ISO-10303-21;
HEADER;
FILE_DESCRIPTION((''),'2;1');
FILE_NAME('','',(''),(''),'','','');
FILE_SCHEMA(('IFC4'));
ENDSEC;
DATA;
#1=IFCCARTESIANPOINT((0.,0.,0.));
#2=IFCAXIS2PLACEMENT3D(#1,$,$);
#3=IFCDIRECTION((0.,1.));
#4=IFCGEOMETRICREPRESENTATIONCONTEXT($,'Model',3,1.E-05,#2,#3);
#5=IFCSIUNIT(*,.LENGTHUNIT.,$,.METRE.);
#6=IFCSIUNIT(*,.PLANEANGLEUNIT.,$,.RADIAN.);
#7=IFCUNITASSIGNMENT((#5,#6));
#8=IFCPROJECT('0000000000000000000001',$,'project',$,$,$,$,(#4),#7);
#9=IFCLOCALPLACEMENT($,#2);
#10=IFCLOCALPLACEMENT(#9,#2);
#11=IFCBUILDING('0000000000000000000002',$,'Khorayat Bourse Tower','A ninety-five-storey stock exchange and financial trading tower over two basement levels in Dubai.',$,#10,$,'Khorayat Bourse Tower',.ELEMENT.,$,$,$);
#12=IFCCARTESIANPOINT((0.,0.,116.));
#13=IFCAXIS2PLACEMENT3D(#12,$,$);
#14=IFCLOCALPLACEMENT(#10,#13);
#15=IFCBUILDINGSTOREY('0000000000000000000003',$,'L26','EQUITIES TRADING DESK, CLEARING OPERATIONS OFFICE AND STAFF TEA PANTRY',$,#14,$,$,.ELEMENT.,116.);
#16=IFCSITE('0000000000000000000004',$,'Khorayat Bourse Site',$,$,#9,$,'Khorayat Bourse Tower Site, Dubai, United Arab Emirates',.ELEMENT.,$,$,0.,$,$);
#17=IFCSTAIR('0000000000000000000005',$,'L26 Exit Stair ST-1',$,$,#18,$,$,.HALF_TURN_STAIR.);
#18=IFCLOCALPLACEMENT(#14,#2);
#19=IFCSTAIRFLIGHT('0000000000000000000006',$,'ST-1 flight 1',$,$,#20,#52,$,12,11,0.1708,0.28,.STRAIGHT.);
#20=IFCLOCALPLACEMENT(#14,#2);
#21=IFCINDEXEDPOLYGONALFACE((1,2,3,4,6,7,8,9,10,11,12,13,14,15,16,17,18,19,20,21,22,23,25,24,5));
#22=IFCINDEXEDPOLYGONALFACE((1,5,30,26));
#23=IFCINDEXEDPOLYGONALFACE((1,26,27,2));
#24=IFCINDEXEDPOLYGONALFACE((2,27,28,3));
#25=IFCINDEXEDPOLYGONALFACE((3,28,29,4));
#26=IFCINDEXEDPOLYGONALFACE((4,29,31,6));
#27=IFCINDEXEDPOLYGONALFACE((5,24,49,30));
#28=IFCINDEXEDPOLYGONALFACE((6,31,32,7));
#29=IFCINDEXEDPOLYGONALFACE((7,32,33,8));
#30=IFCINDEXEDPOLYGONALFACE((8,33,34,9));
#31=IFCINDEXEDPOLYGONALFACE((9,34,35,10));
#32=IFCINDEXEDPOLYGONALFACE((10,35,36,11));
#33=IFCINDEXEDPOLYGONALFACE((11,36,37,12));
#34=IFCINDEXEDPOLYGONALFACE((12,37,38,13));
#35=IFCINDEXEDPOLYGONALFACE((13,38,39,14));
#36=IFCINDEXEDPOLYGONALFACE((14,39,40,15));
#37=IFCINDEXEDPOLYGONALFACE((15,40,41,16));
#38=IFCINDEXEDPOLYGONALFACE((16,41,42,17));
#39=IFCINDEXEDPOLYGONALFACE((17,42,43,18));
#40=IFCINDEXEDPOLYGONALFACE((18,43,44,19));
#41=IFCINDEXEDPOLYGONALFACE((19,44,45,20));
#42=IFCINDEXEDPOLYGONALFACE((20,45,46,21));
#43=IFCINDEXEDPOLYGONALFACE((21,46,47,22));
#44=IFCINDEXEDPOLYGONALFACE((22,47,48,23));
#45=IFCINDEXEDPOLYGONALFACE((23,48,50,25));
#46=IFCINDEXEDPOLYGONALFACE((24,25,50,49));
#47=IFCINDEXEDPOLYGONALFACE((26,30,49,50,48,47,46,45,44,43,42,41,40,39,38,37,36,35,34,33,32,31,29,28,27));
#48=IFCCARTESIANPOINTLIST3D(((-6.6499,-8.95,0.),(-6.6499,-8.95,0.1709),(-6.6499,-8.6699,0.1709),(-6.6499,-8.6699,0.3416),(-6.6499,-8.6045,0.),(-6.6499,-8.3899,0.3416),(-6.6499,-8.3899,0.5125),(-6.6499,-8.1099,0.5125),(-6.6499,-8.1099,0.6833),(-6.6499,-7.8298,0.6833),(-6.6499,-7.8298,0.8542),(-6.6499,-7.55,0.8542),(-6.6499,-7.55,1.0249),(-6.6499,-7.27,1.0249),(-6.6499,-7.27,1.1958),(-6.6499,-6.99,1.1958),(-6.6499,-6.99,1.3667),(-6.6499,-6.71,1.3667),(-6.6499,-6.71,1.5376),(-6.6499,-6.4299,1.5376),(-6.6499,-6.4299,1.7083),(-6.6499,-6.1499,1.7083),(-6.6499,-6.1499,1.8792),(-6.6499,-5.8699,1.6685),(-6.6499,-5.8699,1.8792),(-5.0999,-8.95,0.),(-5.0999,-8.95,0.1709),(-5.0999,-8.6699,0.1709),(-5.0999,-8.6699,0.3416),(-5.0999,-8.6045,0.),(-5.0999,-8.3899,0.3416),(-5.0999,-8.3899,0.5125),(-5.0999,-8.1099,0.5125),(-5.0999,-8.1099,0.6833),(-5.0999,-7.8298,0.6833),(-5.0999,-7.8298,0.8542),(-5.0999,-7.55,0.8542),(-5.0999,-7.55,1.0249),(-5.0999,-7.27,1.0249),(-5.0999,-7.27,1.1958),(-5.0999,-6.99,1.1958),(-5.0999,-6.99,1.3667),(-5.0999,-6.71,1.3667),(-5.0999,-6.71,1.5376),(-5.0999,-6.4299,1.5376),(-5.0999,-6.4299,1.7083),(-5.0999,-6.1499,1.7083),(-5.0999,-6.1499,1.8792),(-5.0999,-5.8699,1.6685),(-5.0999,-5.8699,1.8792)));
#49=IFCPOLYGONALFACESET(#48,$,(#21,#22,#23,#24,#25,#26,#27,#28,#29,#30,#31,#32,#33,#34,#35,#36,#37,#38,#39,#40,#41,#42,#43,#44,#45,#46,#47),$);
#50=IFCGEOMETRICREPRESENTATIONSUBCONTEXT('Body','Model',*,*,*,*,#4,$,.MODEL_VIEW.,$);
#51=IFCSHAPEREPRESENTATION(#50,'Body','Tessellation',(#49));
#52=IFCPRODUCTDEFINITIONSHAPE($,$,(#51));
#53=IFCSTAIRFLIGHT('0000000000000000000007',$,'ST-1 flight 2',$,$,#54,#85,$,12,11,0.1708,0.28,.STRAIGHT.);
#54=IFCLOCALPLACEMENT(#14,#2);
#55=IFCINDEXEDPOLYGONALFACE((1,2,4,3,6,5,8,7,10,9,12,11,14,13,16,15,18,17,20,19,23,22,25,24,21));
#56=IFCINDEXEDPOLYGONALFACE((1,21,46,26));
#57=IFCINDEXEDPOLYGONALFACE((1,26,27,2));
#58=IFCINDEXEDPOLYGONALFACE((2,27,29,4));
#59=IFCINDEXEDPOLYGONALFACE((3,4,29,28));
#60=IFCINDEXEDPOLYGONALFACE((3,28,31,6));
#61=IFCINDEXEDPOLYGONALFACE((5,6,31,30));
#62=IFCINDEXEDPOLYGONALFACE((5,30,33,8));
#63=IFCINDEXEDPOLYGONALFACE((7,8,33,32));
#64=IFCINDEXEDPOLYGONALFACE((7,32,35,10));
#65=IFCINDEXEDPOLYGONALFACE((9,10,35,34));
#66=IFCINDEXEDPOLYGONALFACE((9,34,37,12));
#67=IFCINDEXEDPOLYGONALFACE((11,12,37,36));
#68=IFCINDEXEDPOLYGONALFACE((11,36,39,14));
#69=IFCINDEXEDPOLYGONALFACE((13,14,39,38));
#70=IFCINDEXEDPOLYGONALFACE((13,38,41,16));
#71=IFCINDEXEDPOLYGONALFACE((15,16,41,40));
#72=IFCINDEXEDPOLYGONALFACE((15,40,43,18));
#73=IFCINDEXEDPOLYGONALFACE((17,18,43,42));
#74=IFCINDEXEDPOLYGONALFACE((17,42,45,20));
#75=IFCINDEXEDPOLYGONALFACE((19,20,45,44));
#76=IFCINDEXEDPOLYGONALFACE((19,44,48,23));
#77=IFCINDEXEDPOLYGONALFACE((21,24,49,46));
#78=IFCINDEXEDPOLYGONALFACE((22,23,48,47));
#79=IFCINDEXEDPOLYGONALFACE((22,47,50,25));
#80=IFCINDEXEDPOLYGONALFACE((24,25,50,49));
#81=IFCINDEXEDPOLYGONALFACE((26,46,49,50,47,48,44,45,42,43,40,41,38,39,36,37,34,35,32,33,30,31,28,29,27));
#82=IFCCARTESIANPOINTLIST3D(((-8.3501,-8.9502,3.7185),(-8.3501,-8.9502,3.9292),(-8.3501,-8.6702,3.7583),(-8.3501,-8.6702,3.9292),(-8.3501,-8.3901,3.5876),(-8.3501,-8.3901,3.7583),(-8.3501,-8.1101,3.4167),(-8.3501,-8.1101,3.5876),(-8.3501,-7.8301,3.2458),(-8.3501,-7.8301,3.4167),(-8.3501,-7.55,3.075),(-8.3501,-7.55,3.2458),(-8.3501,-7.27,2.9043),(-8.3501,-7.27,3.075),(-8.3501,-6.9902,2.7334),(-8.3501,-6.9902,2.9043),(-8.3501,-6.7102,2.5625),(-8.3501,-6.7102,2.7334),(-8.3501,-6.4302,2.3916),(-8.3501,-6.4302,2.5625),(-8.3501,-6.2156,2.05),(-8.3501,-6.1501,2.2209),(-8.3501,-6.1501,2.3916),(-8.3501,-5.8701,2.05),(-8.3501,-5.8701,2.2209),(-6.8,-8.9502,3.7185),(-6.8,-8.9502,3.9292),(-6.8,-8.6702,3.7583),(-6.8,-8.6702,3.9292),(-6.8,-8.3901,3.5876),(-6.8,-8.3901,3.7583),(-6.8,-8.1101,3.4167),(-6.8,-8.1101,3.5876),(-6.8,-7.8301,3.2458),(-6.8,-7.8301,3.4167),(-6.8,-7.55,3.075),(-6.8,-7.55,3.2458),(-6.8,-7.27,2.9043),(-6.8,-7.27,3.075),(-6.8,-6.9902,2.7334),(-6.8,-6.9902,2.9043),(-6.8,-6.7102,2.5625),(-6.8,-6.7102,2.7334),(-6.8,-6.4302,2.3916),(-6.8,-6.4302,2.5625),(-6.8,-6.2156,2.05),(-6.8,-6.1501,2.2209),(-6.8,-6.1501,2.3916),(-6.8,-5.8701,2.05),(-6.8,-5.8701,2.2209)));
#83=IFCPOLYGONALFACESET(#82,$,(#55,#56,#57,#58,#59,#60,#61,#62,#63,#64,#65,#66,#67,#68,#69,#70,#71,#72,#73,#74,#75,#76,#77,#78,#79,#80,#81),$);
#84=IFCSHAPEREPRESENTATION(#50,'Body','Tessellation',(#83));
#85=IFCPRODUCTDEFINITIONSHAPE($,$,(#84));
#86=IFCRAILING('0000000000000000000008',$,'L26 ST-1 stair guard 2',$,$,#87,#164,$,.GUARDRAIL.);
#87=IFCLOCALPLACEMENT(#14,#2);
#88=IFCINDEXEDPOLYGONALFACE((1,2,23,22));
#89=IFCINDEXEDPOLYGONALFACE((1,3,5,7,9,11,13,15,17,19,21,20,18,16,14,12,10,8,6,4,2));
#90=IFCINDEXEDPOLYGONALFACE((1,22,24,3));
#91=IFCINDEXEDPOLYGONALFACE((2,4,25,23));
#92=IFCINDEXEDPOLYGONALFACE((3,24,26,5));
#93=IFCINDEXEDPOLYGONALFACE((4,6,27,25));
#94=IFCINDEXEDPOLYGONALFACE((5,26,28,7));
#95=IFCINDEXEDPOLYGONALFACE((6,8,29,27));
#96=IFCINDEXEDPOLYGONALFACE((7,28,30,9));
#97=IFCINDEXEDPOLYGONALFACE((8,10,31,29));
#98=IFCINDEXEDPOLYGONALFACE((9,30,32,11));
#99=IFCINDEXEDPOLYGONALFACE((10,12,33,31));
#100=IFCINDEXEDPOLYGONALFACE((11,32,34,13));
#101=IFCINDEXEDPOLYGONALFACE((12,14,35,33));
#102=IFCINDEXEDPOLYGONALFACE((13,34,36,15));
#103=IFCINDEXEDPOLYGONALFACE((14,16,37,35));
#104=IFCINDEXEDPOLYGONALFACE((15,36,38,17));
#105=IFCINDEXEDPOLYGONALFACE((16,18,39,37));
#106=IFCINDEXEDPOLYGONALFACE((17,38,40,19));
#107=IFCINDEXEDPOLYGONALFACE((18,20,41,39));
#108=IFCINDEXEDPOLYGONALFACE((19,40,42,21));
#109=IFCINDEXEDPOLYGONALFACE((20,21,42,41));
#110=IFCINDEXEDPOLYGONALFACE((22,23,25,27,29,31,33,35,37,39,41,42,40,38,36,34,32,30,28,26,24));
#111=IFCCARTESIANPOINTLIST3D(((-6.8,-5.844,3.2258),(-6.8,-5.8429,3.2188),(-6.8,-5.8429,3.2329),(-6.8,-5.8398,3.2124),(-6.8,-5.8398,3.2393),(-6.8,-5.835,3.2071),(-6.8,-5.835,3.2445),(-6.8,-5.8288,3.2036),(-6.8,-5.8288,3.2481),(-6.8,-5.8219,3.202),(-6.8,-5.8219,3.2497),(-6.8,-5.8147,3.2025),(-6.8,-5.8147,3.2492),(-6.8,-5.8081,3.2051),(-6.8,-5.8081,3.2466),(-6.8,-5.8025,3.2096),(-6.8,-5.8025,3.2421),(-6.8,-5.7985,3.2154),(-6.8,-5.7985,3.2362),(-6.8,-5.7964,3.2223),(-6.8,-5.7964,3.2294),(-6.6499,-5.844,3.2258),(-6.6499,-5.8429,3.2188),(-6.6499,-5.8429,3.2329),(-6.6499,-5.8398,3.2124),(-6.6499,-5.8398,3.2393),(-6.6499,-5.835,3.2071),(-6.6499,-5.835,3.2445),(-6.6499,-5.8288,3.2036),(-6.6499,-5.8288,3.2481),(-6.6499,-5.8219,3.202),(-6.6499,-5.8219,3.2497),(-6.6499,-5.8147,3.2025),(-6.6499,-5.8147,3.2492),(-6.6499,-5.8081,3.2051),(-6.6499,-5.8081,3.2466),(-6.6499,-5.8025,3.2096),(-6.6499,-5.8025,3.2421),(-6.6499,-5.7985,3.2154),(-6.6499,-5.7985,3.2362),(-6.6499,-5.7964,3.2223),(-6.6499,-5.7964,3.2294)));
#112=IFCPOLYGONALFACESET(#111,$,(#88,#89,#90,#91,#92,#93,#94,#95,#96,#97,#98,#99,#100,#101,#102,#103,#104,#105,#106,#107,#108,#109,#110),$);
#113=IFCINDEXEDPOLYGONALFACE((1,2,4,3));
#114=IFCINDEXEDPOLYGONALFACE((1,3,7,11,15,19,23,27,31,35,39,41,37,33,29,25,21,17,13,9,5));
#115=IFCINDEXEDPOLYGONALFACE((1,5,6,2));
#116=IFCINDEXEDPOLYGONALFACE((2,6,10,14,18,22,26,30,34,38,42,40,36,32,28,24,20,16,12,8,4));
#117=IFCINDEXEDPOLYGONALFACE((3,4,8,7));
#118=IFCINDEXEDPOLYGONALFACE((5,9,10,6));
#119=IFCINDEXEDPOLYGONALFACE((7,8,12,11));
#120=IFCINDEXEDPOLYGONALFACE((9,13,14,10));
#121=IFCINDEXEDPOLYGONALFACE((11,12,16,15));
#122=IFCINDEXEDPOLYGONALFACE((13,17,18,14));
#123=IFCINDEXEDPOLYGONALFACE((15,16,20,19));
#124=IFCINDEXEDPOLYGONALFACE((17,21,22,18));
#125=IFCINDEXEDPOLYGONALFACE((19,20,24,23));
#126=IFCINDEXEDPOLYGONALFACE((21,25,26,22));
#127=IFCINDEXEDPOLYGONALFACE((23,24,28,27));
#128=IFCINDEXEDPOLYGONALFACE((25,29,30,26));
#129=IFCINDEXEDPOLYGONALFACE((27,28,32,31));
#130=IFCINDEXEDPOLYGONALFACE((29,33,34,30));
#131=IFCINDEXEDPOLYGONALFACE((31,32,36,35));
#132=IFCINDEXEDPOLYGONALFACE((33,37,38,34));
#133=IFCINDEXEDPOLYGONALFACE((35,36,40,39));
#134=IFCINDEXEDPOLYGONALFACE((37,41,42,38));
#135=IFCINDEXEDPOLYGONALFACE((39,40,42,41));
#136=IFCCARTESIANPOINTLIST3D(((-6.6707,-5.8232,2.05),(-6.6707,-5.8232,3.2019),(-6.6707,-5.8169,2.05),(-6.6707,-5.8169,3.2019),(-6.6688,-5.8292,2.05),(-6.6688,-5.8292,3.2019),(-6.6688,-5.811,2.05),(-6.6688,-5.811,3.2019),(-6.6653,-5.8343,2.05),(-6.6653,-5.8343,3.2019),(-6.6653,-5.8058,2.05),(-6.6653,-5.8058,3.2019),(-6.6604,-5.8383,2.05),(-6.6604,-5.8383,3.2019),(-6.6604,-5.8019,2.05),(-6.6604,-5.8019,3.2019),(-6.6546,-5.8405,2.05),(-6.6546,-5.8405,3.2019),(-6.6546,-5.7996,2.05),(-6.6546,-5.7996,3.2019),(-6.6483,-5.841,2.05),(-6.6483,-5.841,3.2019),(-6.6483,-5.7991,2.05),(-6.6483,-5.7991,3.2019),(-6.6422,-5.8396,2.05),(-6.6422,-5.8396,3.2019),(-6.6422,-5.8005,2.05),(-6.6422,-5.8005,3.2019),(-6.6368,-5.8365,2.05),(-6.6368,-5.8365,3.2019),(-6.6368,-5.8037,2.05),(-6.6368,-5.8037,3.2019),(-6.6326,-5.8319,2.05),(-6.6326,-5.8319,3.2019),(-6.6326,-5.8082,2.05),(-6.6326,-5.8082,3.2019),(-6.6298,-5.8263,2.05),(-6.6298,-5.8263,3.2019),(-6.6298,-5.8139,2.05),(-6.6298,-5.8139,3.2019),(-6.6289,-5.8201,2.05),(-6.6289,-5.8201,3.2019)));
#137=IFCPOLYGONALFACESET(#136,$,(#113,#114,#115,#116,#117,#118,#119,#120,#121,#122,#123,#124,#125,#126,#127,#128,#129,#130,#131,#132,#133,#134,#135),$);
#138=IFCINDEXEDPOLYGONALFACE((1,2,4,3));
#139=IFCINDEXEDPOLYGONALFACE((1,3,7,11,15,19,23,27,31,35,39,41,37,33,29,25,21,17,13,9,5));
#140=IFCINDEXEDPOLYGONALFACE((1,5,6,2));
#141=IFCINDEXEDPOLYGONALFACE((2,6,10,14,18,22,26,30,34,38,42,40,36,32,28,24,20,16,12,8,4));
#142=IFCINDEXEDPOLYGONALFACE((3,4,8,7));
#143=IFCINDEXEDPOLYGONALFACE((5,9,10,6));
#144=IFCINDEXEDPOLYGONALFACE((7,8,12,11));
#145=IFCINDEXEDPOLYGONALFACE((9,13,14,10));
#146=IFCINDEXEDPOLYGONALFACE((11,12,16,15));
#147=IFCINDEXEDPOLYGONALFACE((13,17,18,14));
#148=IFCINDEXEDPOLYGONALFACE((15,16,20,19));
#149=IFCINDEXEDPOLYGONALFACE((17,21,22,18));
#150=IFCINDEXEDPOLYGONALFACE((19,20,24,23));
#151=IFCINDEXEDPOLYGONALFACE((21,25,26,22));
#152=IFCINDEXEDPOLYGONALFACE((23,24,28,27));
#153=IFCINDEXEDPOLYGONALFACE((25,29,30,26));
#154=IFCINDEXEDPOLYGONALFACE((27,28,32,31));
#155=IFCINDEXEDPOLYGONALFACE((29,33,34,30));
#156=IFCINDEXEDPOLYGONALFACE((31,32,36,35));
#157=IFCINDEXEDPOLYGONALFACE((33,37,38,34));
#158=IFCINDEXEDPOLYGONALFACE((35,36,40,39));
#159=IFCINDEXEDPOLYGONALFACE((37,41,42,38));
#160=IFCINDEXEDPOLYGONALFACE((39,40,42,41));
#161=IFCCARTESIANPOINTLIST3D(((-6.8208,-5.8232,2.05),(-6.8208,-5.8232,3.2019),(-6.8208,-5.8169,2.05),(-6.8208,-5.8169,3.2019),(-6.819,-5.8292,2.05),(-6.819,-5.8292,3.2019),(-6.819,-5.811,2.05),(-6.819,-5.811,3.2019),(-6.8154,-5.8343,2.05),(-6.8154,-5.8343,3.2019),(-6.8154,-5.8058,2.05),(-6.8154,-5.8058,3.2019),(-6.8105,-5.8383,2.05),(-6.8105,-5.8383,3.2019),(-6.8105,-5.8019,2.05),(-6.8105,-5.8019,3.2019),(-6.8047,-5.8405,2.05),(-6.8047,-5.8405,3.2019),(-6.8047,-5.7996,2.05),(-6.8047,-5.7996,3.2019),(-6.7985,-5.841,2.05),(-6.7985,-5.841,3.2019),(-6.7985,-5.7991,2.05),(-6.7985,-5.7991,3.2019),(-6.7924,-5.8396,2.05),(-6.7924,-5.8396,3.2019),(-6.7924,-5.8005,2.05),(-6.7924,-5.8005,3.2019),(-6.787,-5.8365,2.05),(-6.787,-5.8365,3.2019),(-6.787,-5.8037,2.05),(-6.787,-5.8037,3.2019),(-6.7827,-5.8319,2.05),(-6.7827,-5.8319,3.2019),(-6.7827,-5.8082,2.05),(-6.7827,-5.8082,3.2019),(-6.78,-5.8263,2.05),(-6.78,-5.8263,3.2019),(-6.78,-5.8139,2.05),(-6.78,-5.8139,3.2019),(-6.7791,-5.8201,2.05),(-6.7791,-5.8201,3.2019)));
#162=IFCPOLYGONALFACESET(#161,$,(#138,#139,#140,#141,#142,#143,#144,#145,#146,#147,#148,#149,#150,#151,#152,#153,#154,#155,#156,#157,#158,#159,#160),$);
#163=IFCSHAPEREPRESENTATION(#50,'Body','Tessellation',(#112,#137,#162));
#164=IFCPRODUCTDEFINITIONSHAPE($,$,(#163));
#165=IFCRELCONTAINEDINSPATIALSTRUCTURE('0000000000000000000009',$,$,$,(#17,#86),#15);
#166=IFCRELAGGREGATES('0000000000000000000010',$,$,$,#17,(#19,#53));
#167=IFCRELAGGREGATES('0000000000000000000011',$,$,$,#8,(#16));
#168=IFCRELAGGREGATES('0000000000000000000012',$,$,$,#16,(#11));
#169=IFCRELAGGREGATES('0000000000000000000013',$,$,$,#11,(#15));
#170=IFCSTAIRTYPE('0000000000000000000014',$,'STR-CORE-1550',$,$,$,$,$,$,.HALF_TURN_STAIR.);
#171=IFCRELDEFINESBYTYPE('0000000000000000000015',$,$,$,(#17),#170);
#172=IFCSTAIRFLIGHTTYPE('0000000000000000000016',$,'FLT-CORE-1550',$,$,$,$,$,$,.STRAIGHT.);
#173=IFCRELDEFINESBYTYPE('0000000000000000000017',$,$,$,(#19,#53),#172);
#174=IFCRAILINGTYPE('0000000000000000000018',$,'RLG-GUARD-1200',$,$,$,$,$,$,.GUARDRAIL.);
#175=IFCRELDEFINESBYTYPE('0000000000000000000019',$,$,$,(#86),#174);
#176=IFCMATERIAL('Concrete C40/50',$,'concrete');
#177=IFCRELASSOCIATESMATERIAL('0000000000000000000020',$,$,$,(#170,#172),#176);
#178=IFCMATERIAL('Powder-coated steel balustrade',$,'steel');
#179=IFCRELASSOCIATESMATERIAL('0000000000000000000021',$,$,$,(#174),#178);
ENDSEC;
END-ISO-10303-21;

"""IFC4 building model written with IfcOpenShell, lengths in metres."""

from ifc_helpers import new_model, si_unit, direction, frame, origin, origin_2d, place, context, subcontext, project, spatial, polyline, circle, outline, extrude, source, transform, mapped, material, type_object, element, aggregate, save


model = new_model("IFC4")

# Units and contexts
model_context = context("Model", 3, precision=1e-05, world=origin(), true_north=direction((0.0, 1.0)))
body_context = subcontext(model_context, "Body", "Model", "MODEL_VIEW")
ifc_project = project(units=[si_unit("LENGTHUNIT", "METRE"), si_unit("PLANEANGLEUNIT", "RADIAN")], contexts=[model_context])

# Site, building, storey
site_placement = place(None, origin())
site = spatial("IfcSite", under=ifc_project, at=site_placement, Name="Khorayat Bourse Site", LongName="Khorayat Bourse Tower Site, Dubai, United Arab Emirates", CompositionType="ELEMENT", RefElevation=0.0)
building_placement = place(site_placement, origin())
building = spatial("IfcBuilding", under=site, at=building_placement, Name="Khorayat Bourse Tower", Description="A ninety-five-storey stock exchange and financial trading tower over two basement levels in Dubai.", LongName="Khorayat Bourse Tower", CompositionType="ELEMENT")
storey_placement = place(building_placement, frame((0.0, 0.0, 116.0)))
storey = spatial("IfcBuildingStorey", under=building, at=storey_placement, Name="L26", Description="EQUITIES TRADING DESK, CLEARING OPERATIONS OFFICE AND STAFF TEA PANTRY", CompositionType="ELEMENT", Elevation=116.0)

# Stair, stair flights
ifc_material_1 = material(Name="Concrete C40/50", Category="concrete")
stair_type = type_object("IfcStairType", Name="STR-CORE-1550", PredefinedType="HALF_TURN_STAIR", material=ifc_material_1)
stair_placement = place(storey_placement, origin())
stair = element("IfcStair", 1, at=stair_placement, inside=storey, type_object=stair_type, Name="L26 Exit Stair ST-1", PredefinedType="HALF_TURN_STAIR")
stair_flight_type = type_object("IfcStairFlightType", Name="FLT-CORE-1550", PredefinedType="STRAIGHT", material=ifc_material_1)
shared_shape_1 = source(origin(), body_context, "Body", "SweptSolid", [
    extrude(outline(polyline([(0.0, 0.0), (0.0, 0.1709), (0.28, 0.1709), (0.28, 0.3416), (0.5601, 0.3416), (0.5601, 0.5125), (0.8401, 0.5125), (0.8401, 0.6833), (1.1201, 0.6833), (1.1201, 0.8542), (1.3999, 0.8542), (1.3999, 1.0249), (1.6799, 1.0249), (1.6799, 1.1958), (1.96, 1.1958), (1.96, 1.3667), (2.24, 1.3667), (2.24, 1.5376), (2.52, 1.5376), (2.52, 1.7083), (2.8, 1.7083), (2.8, 1.8792), (3.0801, 1.8792), (3.0801, 2.05), (3.0801, 1.6685), (0.3455, 0.0), (0.0, 0.0)])), frame((0.0, 0.7749, 0.0), z_axis=(0.0, -1.0, 0.0), x_axis=(1.0, 0.0, 0.0)), (0.0, 0.0, 1.0), 1.55),
])
stair_flight_1_placement = place(storey_placement, frame((-5.875, -8.95, 0.0), z_axis=(0.0, 0.0, 1.0), x_axis=(0.0, 1.0, 0.0)))
stair_flight_1 = element("IfcStairFlight", 2, at=stair_flight_1_placement, type_object=stair_flight_type, Name="ST-1 flight 1", NumberOfRisers=12, NumberOfTreads=11, PredefinedType="STRAIGHT", RiserHeight=0.1708, TreadLength=0.28, context=body_context, shape_type="MappedRepresentation", body=[
    mapped(shared_shape_1, transform((0.0, 0.0, 0.0), scale=1.0)),
])
stair_flight_2_placement = place(storey_placement, frame((-7.575, -5.8701, 2.05), z_axis=(0.0, 0.0, 1.0), x_axis=(0.0, -1.0, 0.0)))
stair_flight_2 = element("IfcStairFlight", 3, at=stair_flight_2_placement, type_object=stair_flight_type, Name="ST-1 flight 2", NumberOfRisers=12, NumberOfTreads=11, PredefinedType="STRAIGHT", RiserHeight=0.1708, TreadLength=0.28, context=body_context, shape_type="MappedRepresentation", body=[
    mapped(shared_shape_1, transform((0.0, 0.0, 0.0), scale=1.0)),
])
aggregate(stair, [stair_flight_1, stair_flight_2])

# Railing
ifc_material_2 = material(Name="Powder-coated steel balustrade", Category="steel")
railing_type_1 = type_object("IfcRailingType", Name="RLG-GUARD-1200", PredefinedType="GUARDRAIL", material=ifc_material_2)
shared_shape_2 = source(origin(), body_context, "Body", "SweptSolid", [
    extrude(circle(Radius=0.0239, at=origin_2d()), frame((0.0, 0.0, 1.1758), z_axis=(-1.0, 0.0, 0.0), x_axis=(0.0, -1.0, 0.0)), (0.0, 0.0, 1.0), 0.1501),
    extrude(circle(Radius=0.021, at=origin_2d()), origin(), (0.0, 0.0, 1.0), 1.1519),
    extrude(circle(Radius=0.021, at=origin_2d()), frame((-0.1501, 0.0, 0.0)), (0.0, 0.0, 1.0), 1.1519),
])
for number, where, name in (
    (4, (-6.6499, -5.8201, 2.05), "L26 ST-1 stair guard 2"),
):
    element("IfcRailing", number, at=place(storey_placement, frame(where)), inside=storey, type_object=railing_type_1, Name=name, PredefinedType="GUARDRAIL", context=body_context, shape_type="MappedRepresentation", body=[
        mapped(shared_shape_2, transform((0.0, 0.0, 0.0), scale=1.0)),
    ])

save(model, "model.ifc")
